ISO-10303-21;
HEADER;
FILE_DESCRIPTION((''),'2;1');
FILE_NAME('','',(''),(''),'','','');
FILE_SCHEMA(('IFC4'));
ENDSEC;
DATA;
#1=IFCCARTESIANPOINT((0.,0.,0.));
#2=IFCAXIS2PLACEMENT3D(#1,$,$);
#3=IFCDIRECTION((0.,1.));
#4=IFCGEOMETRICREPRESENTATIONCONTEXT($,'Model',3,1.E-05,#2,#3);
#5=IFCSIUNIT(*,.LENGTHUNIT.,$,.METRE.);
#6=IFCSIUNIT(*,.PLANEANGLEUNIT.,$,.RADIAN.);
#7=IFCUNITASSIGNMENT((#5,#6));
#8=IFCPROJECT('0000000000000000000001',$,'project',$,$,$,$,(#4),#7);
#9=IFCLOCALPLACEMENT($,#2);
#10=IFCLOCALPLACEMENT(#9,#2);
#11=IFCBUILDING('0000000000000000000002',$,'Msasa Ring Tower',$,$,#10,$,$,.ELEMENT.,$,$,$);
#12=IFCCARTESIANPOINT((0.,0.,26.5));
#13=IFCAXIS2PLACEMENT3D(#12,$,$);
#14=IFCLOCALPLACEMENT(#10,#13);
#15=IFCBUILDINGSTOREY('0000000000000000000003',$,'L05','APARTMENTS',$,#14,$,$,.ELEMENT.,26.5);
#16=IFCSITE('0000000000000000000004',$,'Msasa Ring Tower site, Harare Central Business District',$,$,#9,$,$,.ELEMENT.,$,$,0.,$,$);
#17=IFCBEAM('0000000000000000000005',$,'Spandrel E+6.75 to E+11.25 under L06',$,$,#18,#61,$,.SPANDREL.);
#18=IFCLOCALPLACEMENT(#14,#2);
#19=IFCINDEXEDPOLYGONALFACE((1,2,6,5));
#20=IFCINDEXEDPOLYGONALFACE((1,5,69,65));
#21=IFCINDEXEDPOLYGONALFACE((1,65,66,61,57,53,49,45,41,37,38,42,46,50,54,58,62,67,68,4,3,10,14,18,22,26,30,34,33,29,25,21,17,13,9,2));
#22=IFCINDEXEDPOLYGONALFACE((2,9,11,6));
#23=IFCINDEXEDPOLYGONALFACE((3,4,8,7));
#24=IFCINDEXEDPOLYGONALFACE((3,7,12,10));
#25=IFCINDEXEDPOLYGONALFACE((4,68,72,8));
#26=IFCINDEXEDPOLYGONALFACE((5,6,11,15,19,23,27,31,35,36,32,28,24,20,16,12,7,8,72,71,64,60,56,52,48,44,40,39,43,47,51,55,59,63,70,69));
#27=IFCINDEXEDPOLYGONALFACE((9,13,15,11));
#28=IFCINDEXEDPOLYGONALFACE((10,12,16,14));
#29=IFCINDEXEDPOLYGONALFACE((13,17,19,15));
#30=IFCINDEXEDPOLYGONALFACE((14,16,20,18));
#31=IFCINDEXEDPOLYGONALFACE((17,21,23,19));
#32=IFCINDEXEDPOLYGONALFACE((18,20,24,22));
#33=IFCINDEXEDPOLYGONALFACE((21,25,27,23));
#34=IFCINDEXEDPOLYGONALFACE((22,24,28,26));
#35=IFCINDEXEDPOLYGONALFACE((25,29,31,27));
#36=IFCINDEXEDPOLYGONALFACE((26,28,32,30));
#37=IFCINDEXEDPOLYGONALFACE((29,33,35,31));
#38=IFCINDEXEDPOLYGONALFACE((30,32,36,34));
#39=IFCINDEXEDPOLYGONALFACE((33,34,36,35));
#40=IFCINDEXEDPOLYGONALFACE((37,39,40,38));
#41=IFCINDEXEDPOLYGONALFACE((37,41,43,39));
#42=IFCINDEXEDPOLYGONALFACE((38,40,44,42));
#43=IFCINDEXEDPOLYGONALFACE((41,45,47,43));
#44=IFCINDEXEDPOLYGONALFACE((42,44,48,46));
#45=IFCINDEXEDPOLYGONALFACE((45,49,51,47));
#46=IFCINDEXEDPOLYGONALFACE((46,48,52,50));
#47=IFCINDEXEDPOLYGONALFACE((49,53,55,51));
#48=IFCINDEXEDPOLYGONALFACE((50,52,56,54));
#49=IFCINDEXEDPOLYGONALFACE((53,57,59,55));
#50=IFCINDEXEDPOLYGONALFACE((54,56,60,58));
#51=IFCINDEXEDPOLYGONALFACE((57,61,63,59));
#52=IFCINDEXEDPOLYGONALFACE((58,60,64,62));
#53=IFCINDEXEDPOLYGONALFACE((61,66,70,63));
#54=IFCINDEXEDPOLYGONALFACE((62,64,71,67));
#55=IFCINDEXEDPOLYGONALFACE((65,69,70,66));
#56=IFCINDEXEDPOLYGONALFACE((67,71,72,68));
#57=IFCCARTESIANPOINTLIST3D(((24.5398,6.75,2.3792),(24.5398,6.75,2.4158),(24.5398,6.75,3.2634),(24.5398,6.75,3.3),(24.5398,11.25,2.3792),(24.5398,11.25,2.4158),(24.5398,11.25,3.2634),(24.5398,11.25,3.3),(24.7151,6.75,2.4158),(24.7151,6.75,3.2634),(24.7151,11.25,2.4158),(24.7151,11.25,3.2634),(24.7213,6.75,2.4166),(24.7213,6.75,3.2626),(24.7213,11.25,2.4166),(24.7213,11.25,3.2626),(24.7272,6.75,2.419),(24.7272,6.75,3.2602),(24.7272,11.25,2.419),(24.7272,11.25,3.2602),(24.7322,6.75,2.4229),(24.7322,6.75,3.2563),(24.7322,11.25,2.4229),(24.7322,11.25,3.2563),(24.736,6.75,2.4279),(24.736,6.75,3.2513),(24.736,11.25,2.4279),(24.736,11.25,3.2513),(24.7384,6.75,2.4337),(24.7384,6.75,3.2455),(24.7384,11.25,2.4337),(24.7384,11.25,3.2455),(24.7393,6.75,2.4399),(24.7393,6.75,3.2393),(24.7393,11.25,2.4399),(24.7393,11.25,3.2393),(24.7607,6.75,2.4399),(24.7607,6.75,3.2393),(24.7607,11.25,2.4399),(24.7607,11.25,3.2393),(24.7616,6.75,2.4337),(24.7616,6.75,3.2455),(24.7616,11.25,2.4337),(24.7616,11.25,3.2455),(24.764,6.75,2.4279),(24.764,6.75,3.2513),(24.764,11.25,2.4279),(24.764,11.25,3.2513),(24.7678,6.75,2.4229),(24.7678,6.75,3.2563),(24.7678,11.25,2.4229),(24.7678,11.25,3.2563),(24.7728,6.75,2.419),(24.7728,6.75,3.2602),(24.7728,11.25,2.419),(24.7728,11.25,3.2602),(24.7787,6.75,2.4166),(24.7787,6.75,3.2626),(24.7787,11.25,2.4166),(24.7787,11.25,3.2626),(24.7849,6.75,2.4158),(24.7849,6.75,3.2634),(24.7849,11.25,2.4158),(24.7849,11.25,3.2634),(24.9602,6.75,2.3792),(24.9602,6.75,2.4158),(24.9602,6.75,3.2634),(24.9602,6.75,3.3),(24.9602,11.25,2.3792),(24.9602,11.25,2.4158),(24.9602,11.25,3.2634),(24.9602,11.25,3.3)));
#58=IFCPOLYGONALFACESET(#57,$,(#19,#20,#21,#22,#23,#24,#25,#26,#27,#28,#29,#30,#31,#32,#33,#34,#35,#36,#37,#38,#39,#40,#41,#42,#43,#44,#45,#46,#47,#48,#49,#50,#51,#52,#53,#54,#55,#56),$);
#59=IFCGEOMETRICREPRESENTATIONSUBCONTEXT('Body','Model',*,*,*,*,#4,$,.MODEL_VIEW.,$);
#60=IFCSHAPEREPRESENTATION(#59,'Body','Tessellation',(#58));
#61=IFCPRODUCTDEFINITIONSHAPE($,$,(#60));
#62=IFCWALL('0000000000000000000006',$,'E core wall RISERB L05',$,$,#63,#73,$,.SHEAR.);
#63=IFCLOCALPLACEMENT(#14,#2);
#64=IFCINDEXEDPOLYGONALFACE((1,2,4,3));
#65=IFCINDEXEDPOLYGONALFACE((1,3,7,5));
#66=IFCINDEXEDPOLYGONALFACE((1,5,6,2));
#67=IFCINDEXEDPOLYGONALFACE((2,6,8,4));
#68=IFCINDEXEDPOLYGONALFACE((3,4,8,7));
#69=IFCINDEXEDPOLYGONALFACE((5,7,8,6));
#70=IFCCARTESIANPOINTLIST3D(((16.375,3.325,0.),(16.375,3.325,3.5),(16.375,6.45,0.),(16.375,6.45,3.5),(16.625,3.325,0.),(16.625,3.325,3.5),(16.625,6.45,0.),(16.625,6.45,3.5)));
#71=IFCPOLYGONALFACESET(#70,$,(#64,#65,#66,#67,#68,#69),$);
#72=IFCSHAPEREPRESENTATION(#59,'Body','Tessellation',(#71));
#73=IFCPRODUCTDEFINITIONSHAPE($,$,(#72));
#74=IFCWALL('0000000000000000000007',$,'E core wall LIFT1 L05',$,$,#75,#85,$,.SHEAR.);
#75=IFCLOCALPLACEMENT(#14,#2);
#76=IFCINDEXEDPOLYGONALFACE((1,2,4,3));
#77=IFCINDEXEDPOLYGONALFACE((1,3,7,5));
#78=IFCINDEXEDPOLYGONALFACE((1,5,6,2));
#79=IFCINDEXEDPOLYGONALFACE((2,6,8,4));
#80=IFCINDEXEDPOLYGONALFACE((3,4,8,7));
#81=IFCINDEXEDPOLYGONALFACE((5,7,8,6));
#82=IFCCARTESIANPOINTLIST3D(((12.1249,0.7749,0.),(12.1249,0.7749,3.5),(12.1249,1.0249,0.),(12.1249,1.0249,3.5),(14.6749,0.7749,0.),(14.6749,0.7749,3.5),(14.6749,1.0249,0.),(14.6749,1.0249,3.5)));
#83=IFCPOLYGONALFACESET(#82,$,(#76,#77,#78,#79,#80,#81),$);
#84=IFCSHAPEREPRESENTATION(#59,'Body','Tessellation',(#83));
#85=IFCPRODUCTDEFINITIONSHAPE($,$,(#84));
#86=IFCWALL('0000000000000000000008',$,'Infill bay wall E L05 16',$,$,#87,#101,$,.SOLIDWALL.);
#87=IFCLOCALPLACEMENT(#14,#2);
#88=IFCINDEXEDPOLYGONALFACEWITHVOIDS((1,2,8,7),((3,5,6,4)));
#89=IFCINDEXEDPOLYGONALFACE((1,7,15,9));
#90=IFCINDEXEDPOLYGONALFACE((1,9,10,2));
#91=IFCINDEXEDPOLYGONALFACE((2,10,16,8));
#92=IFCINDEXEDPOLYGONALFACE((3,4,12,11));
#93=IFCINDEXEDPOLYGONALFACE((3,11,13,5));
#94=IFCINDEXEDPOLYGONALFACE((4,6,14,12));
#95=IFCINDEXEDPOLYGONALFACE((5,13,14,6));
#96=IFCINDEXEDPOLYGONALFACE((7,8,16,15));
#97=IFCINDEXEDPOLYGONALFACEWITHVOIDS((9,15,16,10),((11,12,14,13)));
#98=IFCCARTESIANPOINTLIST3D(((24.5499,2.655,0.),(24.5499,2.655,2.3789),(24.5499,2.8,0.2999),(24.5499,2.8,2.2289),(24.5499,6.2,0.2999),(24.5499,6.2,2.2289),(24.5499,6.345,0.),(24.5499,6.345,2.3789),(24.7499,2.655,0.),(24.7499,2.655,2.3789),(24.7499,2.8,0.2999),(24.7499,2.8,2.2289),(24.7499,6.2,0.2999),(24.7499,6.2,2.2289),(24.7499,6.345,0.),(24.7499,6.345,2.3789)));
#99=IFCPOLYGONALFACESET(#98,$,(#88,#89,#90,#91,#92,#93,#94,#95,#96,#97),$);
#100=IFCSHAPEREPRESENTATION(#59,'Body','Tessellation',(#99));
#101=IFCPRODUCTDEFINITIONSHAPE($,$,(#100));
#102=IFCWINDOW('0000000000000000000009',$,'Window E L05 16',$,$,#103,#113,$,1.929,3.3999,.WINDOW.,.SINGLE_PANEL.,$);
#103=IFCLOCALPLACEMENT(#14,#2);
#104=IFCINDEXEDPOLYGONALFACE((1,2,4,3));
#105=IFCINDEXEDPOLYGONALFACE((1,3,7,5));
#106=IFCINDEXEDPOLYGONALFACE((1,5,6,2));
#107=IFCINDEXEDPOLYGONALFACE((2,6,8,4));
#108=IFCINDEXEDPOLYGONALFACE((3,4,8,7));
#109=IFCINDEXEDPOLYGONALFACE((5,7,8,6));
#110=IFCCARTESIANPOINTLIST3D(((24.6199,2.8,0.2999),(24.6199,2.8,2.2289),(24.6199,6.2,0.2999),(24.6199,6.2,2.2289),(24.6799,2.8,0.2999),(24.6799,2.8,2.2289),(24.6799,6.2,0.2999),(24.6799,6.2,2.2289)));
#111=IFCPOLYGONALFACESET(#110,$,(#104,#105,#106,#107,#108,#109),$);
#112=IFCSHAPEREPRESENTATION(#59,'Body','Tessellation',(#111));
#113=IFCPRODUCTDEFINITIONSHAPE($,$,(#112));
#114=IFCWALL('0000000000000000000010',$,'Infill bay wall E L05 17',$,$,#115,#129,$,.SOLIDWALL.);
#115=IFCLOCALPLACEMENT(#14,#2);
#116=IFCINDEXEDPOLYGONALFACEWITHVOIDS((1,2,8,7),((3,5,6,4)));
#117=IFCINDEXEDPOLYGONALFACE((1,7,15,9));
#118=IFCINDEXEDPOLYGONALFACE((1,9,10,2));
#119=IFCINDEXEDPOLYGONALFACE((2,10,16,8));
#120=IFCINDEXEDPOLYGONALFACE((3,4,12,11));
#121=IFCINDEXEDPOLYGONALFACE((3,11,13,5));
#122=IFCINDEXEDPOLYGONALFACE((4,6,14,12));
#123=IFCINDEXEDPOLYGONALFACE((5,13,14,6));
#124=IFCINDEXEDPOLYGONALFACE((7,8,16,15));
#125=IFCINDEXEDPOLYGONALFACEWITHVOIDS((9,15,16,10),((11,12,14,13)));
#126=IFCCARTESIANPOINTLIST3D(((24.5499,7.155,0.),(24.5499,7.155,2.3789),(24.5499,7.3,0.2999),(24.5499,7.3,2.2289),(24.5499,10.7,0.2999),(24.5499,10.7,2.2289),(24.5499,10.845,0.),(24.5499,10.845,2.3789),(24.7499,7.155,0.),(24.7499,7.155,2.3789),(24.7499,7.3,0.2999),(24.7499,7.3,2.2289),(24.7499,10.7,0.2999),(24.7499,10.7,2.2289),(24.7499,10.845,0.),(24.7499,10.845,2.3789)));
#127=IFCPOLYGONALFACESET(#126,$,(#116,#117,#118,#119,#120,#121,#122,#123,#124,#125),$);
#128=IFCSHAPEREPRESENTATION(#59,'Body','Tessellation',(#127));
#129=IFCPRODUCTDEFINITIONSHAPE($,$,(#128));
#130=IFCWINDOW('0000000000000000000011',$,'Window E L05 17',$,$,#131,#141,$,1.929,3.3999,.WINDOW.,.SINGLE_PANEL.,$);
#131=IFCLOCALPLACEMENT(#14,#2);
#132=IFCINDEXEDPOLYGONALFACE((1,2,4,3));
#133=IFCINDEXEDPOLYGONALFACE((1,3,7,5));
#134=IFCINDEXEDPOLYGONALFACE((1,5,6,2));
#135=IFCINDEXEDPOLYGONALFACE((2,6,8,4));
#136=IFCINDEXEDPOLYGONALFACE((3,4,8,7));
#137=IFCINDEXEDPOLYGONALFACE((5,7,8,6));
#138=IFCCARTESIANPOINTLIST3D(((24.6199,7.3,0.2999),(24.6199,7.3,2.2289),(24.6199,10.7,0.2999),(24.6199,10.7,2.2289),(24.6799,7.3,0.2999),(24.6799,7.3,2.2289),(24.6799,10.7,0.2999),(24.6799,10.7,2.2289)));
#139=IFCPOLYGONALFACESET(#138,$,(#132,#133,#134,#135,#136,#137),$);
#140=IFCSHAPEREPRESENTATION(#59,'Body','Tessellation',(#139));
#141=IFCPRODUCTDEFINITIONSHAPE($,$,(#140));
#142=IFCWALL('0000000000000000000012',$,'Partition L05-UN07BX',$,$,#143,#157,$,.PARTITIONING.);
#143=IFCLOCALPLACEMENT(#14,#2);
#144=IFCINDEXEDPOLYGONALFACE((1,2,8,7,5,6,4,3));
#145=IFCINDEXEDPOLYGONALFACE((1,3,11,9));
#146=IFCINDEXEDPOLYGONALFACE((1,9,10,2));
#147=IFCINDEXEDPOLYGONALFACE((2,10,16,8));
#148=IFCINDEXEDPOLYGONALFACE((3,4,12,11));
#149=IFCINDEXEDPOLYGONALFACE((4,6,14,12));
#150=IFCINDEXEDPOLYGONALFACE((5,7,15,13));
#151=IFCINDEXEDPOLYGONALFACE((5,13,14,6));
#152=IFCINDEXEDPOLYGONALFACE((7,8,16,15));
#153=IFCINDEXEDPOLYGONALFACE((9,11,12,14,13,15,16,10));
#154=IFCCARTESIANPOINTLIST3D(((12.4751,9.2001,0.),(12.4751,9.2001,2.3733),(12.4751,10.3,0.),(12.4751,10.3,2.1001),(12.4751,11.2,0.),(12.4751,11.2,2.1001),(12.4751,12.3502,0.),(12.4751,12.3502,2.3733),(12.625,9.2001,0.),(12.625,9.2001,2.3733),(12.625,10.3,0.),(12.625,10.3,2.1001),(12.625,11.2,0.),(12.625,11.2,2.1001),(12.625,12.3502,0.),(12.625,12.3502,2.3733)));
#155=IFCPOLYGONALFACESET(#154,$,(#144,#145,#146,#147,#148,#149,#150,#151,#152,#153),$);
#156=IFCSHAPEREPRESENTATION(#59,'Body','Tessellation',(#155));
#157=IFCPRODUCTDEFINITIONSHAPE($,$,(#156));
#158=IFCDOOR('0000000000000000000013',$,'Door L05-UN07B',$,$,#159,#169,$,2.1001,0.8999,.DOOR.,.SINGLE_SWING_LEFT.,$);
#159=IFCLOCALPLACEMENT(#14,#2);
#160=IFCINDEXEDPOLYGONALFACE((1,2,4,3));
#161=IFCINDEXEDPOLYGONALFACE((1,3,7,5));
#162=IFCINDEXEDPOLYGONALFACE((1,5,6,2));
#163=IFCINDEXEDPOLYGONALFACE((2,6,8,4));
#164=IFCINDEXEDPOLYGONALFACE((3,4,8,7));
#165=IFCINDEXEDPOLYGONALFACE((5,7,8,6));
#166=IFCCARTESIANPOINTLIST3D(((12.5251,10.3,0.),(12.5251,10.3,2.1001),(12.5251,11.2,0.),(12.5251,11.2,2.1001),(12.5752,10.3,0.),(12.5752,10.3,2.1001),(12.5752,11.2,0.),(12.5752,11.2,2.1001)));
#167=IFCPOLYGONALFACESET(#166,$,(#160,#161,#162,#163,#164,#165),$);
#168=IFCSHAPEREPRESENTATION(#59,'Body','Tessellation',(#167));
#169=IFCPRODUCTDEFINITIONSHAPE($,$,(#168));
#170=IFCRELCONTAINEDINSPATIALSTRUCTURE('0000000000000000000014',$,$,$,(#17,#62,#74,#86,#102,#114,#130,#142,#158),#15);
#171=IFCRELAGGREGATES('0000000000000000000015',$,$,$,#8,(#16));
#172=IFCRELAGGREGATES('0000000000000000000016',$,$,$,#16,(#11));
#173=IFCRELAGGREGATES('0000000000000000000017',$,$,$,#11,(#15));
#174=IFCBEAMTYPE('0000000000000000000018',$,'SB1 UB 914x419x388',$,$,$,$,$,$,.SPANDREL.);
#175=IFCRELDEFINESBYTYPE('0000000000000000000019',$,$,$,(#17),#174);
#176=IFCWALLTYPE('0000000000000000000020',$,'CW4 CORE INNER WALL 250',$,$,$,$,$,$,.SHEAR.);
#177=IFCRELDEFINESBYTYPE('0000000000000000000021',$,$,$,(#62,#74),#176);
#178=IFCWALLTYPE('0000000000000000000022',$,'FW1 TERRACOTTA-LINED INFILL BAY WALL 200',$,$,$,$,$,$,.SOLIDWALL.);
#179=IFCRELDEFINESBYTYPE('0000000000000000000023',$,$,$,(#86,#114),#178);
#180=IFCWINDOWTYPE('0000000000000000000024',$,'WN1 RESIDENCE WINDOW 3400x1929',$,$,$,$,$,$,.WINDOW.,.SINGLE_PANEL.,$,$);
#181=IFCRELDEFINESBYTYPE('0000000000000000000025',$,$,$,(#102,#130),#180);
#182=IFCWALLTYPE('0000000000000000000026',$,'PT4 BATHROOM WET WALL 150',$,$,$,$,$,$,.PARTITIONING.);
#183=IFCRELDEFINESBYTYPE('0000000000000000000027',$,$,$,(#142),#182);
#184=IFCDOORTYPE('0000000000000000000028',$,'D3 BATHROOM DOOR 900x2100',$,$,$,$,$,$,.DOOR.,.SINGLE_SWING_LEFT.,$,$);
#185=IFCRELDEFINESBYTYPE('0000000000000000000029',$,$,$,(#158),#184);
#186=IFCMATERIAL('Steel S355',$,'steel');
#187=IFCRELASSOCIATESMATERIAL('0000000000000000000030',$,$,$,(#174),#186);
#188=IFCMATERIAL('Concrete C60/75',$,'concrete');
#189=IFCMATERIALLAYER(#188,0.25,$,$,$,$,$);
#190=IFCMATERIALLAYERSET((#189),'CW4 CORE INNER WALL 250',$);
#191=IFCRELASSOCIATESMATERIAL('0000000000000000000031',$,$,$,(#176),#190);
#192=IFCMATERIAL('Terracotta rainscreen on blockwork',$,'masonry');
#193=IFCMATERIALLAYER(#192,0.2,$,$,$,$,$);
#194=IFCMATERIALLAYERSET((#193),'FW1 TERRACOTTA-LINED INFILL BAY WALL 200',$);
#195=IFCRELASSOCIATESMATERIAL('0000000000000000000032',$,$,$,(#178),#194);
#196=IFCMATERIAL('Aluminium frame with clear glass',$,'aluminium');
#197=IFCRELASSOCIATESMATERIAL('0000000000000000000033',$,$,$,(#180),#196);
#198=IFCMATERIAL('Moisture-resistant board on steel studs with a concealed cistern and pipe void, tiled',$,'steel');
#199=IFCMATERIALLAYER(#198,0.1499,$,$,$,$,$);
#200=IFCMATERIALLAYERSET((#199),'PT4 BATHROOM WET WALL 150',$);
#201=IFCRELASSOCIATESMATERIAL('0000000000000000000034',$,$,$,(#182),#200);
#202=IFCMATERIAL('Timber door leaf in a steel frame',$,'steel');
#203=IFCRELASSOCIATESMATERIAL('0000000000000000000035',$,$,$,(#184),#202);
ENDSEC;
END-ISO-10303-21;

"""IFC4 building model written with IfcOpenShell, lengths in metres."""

from ifc_helpers import new_model, si_unit, direction, frame, frame_2d, origin, origin_2d, place, context, subcontext, project, spatial, rectangle, i_section, extrude, material, layer, layer_set, material_profile, profile_set, type_object, element, fill, save


model = new_model("IFC4")

# Units and contexts
model_context = context("Model", 3, precision=1e-05, world=origin(), true_north=direction((0.0, 1.0)))
body_context = subcontext(model_context, "Body", "Model", "MODEL_VIEW")
ifc_project = project(units=[si_unit("LENGTHUNIT", "METRE"), si_unit("PLANEANGLEUNIT", "RADIAN")], contexts=[model_context])

# Site, building, storey
site_placement = place(None, origin())
site = spatial("IfcSite", under=ifc_project, at=site_placement, Name="Msasa Ring Tower site, Harare Central Business District", CompositionType="ELEMENT", RefElevation=0.0)
building_placement = place(site_placement, origin())
building = spatial("IfcBuilding", under=site, at=building_placement, Name="Msasa Ring Tower", CompositionType="ELEMENT")
storey_placement = place(building_placement, frame((0.0, 0.0, 26.5)))
storey = spatial("IfcBuildingStorey", under=building, at=storey_placement, Name="L05", Description="APARTMENTS", CompositionType="ELEMENT", Elevation=26.5)

# Beam
ifc_material_1 = material(Name="Steel S355", Category="steel")
ifc_material_profile_1 = material_profile(ifc_material_1, i_section(OverallWidth=0.4204, OverallDepth=0.9209, WebThickness=0.0215, FlangeThickness=0.0366, FilletRadius=0.0242, at=origin_2d()), Name="UB 914x419x388")
ifc_profile_set_1 = profile_set([ifc_material_profile_1], Name="Steel S355")
beam_type_1 = type_object("IfcBeamType", Name="SB1 UB 914x419x388", PredefinedType="SPANDREL", material=ifc_profile_set_1)
for number, where, z_axis, x_axis, name in (
    (1, (24.75, 6.75, 2.8396), (0.0, 1.0, 0.0), (-1.0, 0.0, 0.0), "Spandrel E+6.75 to E+11.25 under L06"),
):
    element("IfcBeam", number, at=place(storey_placement, frame(where, z_axis=z_axis, x_axis=x_axis)), inside=storey, type_object=beam_type_1, Name=name, PredefinedType="SPANDREL", context=body_context, shape_type="SweptSolid", body=[
        extrude(i_section(OverallWidth=0.4204, OverallDepth=0.9209, WebThickness=0.0215, FlangeThickness=0.0366, FilletRadius=0.0242, at=origin_2d()), origin(), (0.0, 0.0, 1.0), 4.5),
    ])

# Walls
ifc_material_2 = material(Name="Concrete C60/75", Category="concrete")
ifc_layer_1 = layer(ifc_material_2, 0.25)
ifc_layer_set_1 = layer_set([ifc_layer_1], Name="CW4 CORE INNER WALL 250")
wall_type_1 = type_object("IfcWallType", Name="CW4 CORE INNER WALL 250", PredefinedType="SHEAR", material=ifc_layer_set_1)
wall_1_placement = place(storey_placement, frame((16.5, 3.325, 0.0), z_axis=(0.0, 0.0, 1.0), x_axis=(0.0, 1.0, 0.0)))
element("IfcWall", 2, at=wall_1_placement, inside=storey, type_object=wall_type_1, Name="E core wall RISERB L05", PredefinedType="SHEAR", context=body_context, shape_type="SweptSolid", body=[
    extrude(rectangle(XDim=3.125, YDim=0.25, at=frame_2d((1.5625, 0.0))), origin(), (0.0, 0.0, 1.0), 3.5),
])
wall_2_placement = place(storey_placement, frame((12.125, 0.8999, 0.0), z_axis=(0.0, 0.0, 1.0), x_axis=(1.0, 0.0, 0.0)))
element("IfcWall", 3, at=wall_2_placement, inside=storey, type_object=wall_type_1, Name="E core wall LIFT1 L05", PredefinedType="SHEAR", context=body_context, shape_type="SweptSolid", body=[
    extrude(rectangle(XDim=2.55, YDim=0.25, at=frame_2d((1.2749, 0.0))), origin(), (0.0, 0.0, 1.0), 3.5),
])

# Walls, openings, windows
ifc_material_3 = material(Name="Terracotta rainscreen on blockwork", Category="masonry")
ifc_layer_2 = layer(ifc_material_3, 0.2)
ifc_layer_set_2 = layer_set([ifc_layer_2], Name="FW1 TERRACOTTA-LINED INFILL BAY WALL 200")
wall_type_2 = type_object("IfcWallType", Name="FW1 TERRACOTTA-LINED INFILL BAY WALL 200", PredefinedType="SOLIDWALL", material=ifc_layer_set_2)
wall_3_placement = place(storey_placement, frame((24.6499, 2.655, 0.0), z_axis=(0.0, 0.0, 1.0), x_axis=(0.0, 1.0, 0.0)))
wall_3 = element("IfcWall", 4, at=wall_3_placement, inside=storey, type_object=wall_type_2, Name="Infill bay wall E L05 16", PredefinedType="SOLIDWALL", context=body_context, shape_type="SweptSolid", body=[
    extrude(rectangle(XDim=3.6899, YDim=0.2, at=frame_2d((1.845, 0.0))), origin(), (0.0, 0.0, 1.0), 2.3789),
])
opening_1_placement = place(wall_3_placement, frame((0.145, 0.0, 0.3)))
opening_1 = element("IfcOpeningElement", 5, at=opening_1_placement, cuts=wall_3, PredefinedType="OPENING", context=body_context, shape_type="SweptSolid", body=[
    extrude(rectangle(XDim=3.3999, YDim=1.929, at=frame_2d((1.7, 0.9644))), frame((0.0, 0.1099, 0.0), z_axis=(0.0, -1.0, 0.0), x_axis=(1.0, 0.0, 0.0)), (0.0, 0.0, 1.0), 0.22),
])
ifc_material_4 = material(Name="Aluminium frame with clear glass", Category="aluminium")
window_type = type_object("IfcWindowType", Name="WN1 RESIDENCE WINDOW 3400x1929", PartitioningType="SINGLE_PANEL", PredefinedType="WINDOW", material=ifc_material_4)
window_1_placement = place(opening_1_placement, origin())
window_1 = element("IfcWindow", 6, at=window_1_placement, inside=storey, type_object=window_type, Name="Window E L05 16", OverallHeight=1.929, OverallWidth=3.3999, PartitioningType="SINGLE_PANEL", PredefinedType="WINDOW", context=body_context, shape_type="SweptSolid", body=[
    extrude(rectangle(XDim=3.3999, YDim=1.929, at=frame_2d((1.7, 0.9644))), frame((0.0, 0.03, 0.0), z_axis=(0.0, -1.0, 0.0), x_axis=(1.0, 0.0, 0.0)), (0.0, 0.0, 1.0), 0.0601),
])
fill(opening_1, window_1)
wall_4_placement = place(storey_placement, frame((24.6499, 7.155, 0.0), z_axis=(0.0, 0.0, 1.0), x_axis=(0.0, 1.0, 0.0)))
wall_4 = element("IfcWall", 7, at=wall_4_placement, inside=storey, type_object=wall_type_2, Name="Infill bay wall E L05 17", PredefinedType="SOLIDWALL", context=body_context, shape_type="SweptSolid", body=[
    extrude(rectangle(XDim=3.6899, YDim=0.2, at=frame_2d((1.845, 0.0))), origin(), (0.0, 0.0, 1.0), 2.3789),
])
opening_2_placement = place(wall_4_placement, frame((0.145, 0.0, 0.3)))
opening_2 = element("IfcOpeningElement", 8, at=opening_2_placement, cuts=wall_4, PredefinedType="OPENING", context=body_context, shape_type="SweptSolid", body=[
    extrude(rectangle(XDim=3.3999, YDim=1.929, at=frame_2d((1.7, 0.9644))), frame((0.0, 0.1099, 0.0), z_axis=(0.0, -1.0, 0.0), x_axis=(1.0, 0.0, 0.0)), (0.0, 0.0, 1.0), 0.22),
])
window_2_placement = place(opening_2_placement, origin())
window_2 = element("IfcWindow", 9, at=window_2_placement, inside=storey, type_object=window_type, Name="Window E L05 17", OverallHeight=1.929, OverallWidth=3.3999, PartitioningType="SINGLE_PANEL", PredefinedType="WINDOW", context=body_context, shape_type="SweptSolid", body=[
    extrude(rectangle(XDim=3.3999, YDim=1.929, at=frame_2d((1.7, 0.9644))), frame((0.0, 0.03, 0.0), z_axis=(0.0, -1.0, 0.0), x_axis=(1.0, 0.0, 0.0)), (0.0, 0.0, 1.0), 0.0601),
])
fill(opening_2, window_2)

# Wall, opening, door
ifc_material_5 = material(Name="Moisture-resistant board on steel studs with a concealed cistern and pipe void, tiled", Category="steel")
ifc_layer_3 = layer(ifc_material_5, 0.1499)
ifc_layer_set_3 = layer_set([ifc_layer_3], Name="PT4 BATHROOM WET WALL 150")
wall_type_3 = type_object("IfcWallType", Name="PT4 BATHROOM WET WALL 150", PredefinedType="PARTITIONING", material=ifc_layer_set_3)
wall_5_placement = place(storey_placement, frame((12.55, 9.2, 0.0), z_axis=(0.0, 0.0, 1.0), x_axis=(0.0, 1.0, 0.0)))
wall_5 = element("IfcWall", 10, at=wall_5_placement, inside=storey, type_object=wall_type_3, Name="Partition L05-UN07BX", PredefinedType="PARTITIONING", context=body_context, shape_type="SweptSolid", body=[
    extrude(rectangle(XDim=3.1501, YDim=0.1499, at=frame_2d((1.5752, 0.0))), origin(), (0.0, 0.0, 1.0), 2.3733),
])
opening_3_placement = place(wall_5_placement, frame((1.1001, 0.0, 0.0)))
opening_3 = element("IfcOpeningElement", 11, at=opening_3_placement, cuts=wall_5, PredefinedType="OPENING", context=body_context, shape_type="SweptSolid", body=[
    extrude(rectangle(XDim=0.8999, YDim=2.1001, at=frame_2d((0.45, 1.05))), frame((0.0, 0.085, 0.0), z_axis=(0.0, -1.0, 0.0), x_axis=(1.0, 0.0, 0.0)), (0.0, 0.0, 1.0), 0.1699),
])
ifc_material_6 = material(Name="Timber door leaf in a steel frame", Category="steel")
door_type = type_object("IfcDoorType", Name="D3 BATHROOM DOOR 900x2100", OperationType="SINGLE_SWING_LEFT", PredefinedType="DOOR", material=ifc_material_6)
door_1_placement = place(opening_3_placement, origin())
door_1 = element("IfcDoor", 12, at=door_1_placement, inside=storey, type_object=door_type, Name="Door L05-UN07B", OperationType="SINGLE_SWING_LEFT", OverallHeight=2.1001, OverallWidth=0.8999, PredefinedType="DOOR", context=body_context, shape_type="SweptSolid", body=[
    extrude(rectangle(XDim=0.8999, YDim=2.1001, at=frame_2d((0.45, 1.05))), frame((0.0, 0.0249, 0.0), z_axis=(0.0, -1.0, 0.0), x_axis=(1.0, 0.0, 0.0)), (0.0, 0.0, 1.0), 0.05),
])
fill(opening_3, door_1)

save(model, "model.ifc")
